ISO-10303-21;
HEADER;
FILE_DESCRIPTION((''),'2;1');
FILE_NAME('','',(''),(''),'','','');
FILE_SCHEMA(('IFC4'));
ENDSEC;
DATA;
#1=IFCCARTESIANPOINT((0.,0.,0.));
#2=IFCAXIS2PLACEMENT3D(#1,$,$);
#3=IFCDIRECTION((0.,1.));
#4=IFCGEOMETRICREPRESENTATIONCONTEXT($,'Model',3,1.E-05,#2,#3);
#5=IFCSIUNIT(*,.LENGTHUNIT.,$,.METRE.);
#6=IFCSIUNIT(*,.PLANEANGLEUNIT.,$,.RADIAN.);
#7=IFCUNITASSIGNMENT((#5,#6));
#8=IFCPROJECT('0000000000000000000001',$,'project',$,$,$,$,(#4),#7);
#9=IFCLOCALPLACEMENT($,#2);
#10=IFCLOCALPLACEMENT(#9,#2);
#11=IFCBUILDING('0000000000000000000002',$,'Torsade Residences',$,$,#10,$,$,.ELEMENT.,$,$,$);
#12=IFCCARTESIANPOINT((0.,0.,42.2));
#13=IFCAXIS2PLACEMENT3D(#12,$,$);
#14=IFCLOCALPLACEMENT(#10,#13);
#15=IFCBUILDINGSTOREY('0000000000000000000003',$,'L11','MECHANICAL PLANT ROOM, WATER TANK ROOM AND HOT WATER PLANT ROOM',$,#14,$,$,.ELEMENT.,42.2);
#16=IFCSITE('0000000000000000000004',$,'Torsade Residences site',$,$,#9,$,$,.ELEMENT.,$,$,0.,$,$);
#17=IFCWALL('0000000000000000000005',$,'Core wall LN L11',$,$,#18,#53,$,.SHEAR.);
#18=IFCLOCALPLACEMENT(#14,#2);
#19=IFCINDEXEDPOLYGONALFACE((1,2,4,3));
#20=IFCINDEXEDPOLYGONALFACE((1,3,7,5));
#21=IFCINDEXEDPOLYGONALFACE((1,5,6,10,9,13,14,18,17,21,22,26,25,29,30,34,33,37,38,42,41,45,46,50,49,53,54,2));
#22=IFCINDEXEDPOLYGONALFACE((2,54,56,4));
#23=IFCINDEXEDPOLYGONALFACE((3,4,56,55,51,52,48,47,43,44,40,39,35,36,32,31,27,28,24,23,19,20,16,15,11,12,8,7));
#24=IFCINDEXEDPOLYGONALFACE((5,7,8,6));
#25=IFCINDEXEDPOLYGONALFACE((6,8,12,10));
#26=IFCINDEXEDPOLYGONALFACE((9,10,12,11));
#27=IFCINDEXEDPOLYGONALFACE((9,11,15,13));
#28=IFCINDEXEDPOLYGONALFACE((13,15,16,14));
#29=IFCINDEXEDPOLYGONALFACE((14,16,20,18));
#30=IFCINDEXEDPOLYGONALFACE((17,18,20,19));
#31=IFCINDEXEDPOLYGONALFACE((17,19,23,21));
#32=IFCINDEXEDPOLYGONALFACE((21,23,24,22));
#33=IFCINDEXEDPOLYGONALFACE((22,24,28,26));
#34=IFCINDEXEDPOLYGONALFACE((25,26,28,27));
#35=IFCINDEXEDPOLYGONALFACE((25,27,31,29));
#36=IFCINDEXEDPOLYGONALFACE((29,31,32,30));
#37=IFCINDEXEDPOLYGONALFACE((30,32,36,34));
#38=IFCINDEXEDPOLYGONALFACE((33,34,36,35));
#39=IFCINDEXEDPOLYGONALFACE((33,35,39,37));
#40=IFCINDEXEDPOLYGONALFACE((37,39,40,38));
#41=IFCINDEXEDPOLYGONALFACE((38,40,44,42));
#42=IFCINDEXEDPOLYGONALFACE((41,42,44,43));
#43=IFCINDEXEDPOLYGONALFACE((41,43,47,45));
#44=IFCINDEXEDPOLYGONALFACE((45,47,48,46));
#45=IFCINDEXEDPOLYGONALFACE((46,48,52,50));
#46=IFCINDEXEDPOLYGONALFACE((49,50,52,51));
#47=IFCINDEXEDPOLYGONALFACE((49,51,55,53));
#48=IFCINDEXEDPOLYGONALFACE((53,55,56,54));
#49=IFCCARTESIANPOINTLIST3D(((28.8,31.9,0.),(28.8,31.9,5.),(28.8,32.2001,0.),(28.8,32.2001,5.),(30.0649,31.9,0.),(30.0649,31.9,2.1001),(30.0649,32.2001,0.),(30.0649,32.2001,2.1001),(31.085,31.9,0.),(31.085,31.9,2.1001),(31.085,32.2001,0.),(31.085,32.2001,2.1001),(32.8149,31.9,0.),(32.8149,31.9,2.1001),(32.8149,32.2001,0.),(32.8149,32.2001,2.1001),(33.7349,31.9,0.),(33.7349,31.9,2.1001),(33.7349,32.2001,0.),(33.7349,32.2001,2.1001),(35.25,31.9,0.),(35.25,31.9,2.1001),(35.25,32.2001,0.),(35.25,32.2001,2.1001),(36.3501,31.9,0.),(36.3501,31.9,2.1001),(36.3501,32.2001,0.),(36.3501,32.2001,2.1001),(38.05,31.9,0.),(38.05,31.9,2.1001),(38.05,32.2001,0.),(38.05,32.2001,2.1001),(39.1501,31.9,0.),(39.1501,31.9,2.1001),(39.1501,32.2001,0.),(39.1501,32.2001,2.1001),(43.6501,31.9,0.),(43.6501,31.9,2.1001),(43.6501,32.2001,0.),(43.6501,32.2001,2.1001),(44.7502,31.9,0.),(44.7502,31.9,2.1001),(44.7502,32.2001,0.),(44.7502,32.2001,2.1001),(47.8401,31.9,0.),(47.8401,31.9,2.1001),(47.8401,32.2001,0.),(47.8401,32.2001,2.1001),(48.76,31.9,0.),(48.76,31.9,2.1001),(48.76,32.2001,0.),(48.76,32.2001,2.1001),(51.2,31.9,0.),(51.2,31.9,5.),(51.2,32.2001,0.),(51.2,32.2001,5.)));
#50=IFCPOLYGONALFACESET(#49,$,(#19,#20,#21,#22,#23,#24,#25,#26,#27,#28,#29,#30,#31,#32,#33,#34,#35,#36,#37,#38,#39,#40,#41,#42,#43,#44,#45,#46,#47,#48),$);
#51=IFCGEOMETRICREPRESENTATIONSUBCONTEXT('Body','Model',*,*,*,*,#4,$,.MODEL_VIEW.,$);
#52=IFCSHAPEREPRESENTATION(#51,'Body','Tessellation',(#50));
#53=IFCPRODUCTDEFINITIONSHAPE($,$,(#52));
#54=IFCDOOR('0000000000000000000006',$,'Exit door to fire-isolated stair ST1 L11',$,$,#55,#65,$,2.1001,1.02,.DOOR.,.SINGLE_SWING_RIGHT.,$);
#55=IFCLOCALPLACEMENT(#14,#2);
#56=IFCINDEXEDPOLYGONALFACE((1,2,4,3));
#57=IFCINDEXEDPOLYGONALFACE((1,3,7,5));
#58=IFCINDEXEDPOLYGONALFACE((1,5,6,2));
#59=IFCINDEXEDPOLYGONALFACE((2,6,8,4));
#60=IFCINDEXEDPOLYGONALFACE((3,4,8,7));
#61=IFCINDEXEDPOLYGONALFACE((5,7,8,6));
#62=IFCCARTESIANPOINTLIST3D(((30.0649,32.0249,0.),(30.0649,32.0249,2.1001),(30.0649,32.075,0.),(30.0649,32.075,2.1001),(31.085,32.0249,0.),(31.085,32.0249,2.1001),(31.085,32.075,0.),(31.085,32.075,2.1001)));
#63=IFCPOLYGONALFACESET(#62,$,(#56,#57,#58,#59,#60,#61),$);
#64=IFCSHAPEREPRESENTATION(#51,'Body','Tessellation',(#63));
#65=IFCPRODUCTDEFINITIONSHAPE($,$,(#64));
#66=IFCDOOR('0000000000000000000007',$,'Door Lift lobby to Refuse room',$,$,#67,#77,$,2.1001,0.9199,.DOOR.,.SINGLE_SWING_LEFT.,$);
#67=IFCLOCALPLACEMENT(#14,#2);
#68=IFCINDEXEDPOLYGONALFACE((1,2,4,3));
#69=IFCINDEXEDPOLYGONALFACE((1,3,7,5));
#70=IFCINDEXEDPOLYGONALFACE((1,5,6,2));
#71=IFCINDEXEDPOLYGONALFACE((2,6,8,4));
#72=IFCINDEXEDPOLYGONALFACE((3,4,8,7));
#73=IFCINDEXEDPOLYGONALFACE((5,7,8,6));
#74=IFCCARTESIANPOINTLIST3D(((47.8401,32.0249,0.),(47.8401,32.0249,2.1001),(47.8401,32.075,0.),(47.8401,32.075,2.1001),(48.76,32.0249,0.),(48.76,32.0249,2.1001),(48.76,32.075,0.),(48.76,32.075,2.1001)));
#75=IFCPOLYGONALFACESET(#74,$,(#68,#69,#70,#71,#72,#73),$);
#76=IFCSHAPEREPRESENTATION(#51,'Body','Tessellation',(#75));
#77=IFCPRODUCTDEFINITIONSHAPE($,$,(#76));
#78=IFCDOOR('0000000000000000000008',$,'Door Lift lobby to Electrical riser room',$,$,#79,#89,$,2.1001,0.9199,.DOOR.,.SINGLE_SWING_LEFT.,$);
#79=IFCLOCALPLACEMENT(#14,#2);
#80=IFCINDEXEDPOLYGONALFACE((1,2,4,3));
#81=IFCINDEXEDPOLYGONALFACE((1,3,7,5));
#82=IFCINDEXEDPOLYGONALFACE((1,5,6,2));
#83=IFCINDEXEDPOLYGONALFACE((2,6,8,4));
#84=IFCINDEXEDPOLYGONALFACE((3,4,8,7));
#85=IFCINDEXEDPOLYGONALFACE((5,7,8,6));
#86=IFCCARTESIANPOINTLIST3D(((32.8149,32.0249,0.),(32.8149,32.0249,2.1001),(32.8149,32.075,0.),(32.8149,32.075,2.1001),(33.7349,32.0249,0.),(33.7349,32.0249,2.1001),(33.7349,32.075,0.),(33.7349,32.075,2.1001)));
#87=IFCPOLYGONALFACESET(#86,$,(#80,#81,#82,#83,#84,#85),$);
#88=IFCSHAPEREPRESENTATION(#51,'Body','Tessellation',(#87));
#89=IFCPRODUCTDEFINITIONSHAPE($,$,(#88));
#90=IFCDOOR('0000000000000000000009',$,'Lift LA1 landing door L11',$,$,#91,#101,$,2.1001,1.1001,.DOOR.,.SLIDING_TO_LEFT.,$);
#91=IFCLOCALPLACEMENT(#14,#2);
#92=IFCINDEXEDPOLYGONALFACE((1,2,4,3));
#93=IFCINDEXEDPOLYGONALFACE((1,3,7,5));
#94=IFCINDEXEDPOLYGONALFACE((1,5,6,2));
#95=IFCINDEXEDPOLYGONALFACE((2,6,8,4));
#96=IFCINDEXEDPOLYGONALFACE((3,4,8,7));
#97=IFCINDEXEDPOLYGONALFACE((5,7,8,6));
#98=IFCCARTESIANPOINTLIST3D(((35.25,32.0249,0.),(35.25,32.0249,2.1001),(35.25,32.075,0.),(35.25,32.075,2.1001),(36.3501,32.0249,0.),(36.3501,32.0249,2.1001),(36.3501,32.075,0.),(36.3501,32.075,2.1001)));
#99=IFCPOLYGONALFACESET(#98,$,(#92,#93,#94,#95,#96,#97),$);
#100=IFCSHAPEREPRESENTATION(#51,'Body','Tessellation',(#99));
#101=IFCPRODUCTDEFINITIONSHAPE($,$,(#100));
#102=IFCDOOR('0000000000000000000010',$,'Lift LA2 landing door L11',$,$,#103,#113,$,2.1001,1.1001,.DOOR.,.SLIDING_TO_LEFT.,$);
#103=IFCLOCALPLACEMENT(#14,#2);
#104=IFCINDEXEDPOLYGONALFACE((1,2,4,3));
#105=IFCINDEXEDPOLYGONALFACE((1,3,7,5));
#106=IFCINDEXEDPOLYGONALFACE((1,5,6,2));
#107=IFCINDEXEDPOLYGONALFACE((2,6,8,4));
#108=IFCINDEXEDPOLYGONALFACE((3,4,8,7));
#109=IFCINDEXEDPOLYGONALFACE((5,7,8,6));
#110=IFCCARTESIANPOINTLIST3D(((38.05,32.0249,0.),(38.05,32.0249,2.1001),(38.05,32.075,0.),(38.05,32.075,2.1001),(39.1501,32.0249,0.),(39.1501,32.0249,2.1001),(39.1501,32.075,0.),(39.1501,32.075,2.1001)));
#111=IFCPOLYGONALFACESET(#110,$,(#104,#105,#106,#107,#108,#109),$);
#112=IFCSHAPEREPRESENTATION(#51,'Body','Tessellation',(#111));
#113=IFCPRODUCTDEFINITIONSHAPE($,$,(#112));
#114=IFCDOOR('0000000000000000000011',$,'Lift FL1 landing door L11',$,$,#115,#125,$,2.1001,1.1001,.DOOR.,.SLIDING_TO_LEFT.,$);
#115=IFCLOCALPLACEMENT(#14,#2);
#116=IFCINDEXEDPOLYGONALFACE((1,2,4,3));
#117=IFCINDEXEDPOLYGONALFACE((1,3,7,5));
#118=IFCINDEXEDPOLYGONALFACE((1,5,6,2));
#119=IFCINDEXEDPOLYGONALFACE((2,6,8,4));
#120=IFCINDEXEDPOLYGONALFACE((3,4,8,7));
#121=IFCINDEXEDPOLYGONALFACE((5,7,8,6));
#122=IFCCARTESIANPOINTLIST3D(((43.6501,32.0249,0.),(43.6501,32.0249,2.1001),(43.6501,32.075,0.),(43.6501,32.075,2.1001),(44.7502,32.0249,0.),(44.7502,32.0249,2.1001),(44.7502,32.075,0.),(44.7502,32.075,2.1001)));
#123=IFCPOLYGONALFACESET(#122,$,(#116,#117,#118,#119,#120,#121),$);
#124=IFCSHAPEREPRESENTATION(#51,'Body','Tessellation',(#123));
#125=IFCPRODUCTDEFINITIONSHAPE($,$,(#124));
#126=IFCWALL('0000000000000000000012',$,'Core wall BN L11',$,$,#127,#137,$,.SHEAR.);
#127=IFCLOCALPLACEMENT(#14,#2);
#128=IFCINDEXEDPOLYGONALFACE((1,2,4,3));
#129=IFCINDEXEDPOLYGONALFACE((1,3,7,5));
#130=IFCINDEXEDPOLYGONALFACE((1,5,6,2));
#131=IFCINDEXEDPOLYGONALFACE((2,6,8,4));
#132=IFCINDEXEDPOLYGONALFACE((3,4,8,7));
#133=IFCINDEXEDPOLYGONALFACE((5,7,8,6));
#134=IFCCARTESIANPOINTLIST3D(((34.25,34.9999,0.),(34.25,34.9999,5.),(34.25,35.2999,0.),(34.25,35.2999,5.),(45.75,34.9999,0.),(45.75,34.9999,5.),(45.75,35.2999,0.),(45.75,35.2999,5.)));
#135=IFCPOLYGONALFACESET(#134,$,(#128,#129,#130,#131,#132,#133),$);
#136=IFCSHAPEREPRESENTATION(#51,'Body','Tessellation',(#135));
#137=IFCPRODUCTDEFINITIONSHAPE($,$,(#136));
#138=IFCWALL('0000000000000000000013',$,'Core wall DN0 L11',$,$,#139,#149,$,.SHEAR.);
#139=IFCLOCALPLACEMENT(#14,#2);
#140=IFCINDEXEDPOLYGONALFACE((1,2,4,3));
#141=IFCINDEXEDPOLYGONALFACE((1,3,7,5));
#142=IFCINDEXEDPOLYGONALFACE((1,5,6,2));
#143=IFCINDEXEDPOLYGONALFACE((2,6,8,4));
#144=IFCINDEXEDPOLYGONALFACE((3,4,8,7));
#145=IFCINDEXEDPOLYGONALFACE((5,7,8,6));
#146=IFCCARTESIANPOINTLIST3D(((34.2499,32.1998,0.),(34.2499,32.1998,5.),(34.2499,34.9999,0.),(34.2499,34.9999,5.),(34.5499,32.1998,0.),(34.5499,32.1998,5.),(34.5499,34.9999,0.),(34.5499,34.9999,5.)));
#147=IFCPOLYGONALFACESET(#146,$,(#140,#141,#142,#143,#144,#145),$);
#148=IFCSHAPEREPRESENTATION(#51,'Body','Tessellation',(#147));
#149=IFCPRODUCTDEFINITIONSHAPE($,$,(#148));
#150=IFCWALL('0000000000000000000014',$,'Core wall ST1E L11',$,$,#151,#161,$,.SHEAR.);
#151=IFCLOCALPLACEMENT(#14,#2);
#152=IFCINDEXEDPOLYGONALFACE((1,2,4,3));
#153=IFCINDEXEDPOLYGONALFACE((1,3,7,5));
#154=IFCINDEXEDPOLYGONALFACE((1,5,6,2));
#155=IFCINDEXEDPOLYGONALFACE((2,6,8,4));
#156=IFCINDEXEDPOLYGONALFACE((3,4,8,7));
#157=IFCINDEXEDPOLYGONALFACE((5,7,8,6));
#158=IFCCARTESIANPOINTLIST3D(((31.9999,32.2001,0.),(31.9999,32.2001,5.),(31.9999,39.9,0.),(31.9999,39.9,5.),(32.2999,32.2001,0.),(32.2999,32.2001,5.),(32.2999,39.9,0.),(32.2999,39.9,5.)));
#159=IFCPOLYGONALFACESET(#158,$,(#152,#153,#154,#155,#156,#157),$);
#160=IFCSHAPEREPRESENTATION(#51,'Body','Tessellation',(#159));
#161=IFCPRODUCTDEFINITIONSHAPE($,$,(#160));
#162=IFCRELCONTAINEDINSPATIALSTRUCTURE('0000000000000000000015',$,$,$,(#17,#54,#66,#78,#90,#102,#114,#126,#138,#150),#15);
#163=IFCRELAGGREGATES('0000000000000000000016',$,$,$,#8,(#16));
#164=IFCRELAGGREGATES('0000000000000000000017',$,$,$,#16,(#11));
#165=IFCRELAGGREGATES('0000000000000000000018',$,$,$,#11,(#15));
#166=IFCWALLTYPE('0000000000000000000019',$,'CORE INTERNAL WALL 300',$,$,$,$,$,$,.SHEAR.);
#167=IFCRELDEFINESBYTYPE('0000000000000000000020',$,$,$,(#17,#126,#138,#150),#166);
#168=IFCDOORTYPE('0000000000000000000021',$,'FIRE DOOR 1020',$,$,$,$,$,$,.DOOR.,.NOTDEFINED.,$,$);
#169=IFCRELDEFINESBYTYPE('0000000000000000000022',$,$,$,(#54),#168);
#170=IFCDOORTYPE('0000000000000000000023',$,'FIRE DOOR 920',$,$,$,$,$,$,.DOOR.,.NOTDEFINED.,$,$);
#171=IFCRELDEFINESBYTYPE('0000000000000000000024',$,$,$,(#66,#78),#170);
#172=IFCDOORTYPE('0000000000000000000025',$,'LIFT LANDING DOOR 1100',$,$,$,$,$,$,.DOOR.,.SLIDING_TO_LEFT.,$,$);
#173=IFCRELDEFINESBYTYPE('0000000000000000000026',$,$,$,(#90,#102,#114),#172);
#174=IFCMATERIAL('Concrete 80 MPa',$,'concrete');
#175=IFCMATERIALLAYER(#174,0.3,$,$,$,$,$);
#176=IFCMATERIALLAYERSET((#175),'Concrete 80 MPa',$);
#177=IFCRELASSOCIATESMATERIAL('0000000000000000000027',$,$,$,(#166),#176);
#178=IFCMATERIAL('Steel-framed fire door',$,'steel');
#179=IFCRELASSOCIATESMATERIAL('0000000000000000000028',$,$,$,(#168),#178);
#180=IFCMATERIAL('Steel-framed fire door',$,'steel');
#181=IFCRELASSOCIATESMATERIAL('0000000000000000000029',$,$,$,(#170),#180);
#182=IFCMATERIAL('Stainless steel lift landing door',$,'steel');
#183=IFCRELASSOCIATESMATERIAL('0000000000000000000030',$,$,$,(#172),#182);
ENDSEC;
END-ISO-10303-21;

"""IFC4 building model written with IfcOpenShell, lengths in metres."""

from ifc_helpers import new_model, si_unit, direction, frame, frame_2d, origin, place, context, subcontext, project, spatial, rectangle, extrude, material, layer, layer_set, type_object, element, fill, save


model = new_model("IFC4")

# Units and contexts
model_context = context("Model", 3, precision=1e-05, world=origin(), true_north=direction((0.0, 1.0)))
body_context = subcontext(model_context, "Body", "Model", "MODEL_VIEW")
ifc_project = project(units=[si_unit("LENGTHUNIT", "METRE"), si_unit("PLANEANGLEUNIT", "RADIAN")], contexts=[model_context])

# Site, building, storey
site_placement = place(None, origin())
site = spatial("IfcSite", under=ifc_project, at=site_placement, Name="Torsade Residences site", CompositionType="ELEMENT", RefElevation=0.0)
building_placement = place(site_placement, origin())
building = spatial("IfcBuilding", under=site, at=building_placement, Name="Torsade Residences", CompositionType="ELEMENT")
storey_placement = place(building_placement, frame((0.0, 0.0, 42.2)))
storey = spatial("IfcBuildingStorey", under=building, at=storey_placement, Name="L11", Description="MECHANICAL PLANT ROOM, WATER TANK ROOM AND HOT WATER PLANT ROOM", CompositionType="ELEMENT", Elevation=42.2)

# Wall, openings, doors
ifc_material_1 = material(Name="Concrete 80 MPa", Category="concrete")
ifc_layer_1 = layer(ifc_material_1, 0.3)
ifc_layer_set_1 = layer_set([ifc_layer_1], Name="Concrete 80 MPa")
wall_type_1 = type_object("IfcWallType", Name="CORE INTERNAL WALL 300", PredefinedType="SHEAR", material=ifc_layer_set_1)
wall_1_placement = place(storey_placement, frame((28.8, 32.05, 0.0), z_axis=(0.0, 0.0, 1.0), x_axis=(1.0, 0.0, 0.0)))
wall_1 = element("IfcWall", 1, at=wall_1_placement, inside=storey, type_object=wall_type_1, Name="Core wall LN L11", PredefinedType="SHEAR", context=body_context, shape_type="SweptSolid", body=[
    extrude(rectangle(XDim=22.3999, YDim=0.3, at=frame_2d((11.2, 0.0))), origin(), (0.0, 0.0, 1.0), 5.0),
])
opening_1_placement = place(wall_1_placement, frame((19.04, 0.0, 0.0)))
opening_1 = element("IfcOpeningElement", 2, at=opening_1_placement, cuts=wall_1, PredefinedType="OPENING", context=body_context, shape_type="SweptSolid", body=[
    extrude(rectangle(XDim=0.9199, YDim=2.1001, at=frame_2d((0.46, 1.05))), frame((0.0, 0.1599, 0.0), z_axis=(0.0, -1.0, 0.0), x_axis=(1.0, 0.0, 0.0)), (0.0, 0.0, 1.0), 0.3201),
])
opening_2_placement = place(wall_1_placement, frame((1.2649, 0.0, 0.0)))
opening_2 = element("IfcOpeningElement", 3, at=opening_2_placement, cuts=wall_1, PredefinedType="OPENING", context=body_context, shape_type="SweptSolid", body=[
    extrude(rectangle(XDim=1.02, YDim=2.1001, at=frame_2d((0.51, 1.05))), frame((0.0, 0.1599, 0.0), z_axis=(0.0, -1.0, 0.0), x_axis=(1.0, 0.0, 0.0)), (0.0, 0.0, 1.0), 0.3201),
])
opening_3_placement = place(wall_1_placement, frame((4.0149, 0.0, 0.0)))
opening_3 = element("IfcOpeningElement", 4, at=opening_3_placement, cuts=wall_1, PredefinedType="OPENING", context=body_context, shape_type="SweptSolid", body=[
    extrude(rectangle(XDim=0.9199, YDim=2.1001, at=frame_2d((0.46, 1.05))), frame((0.0, 0.1599, 0.0), z_axis=(0.0, -1.0, 0.0), x_axis=(1.0, 0.0, 0.0)), (0.0, 0.0, 1.0), 0.3201),
])
opening_4_placement = place(wall_1_placement, frame((6.45, 0.0, 0.0)))
opening_4 = element("IfcOpeningElement", 5, at=opening_4_placement, cuts=wall_1, PredefinedType="OPENING", context=body_context, shape_type="SweptSolid", body=[
    extrude(rectangle(XDim=1.1001, YDim=2.1001, at=frame_2d((0.55, 1.05))), frame((0.0, 0.1599, 0.0), z_axis=(0.0, -1.0, 0.0), x_axis=(1.0, 0.0, 0.0)), (0.0, 0.0, 1.0), 0.3201),
])
opening_5_placement = place(wall_1_placement, frame((9.25, 0.0, 0.0)))
opening_5 = element("IfcOpeningElement", 6, at=opening_5_placement, cuts=wall_1, PredefinedType="OPENING", context=body_context, shape_type="SweptSolid", body=[
    extrude(rectangle(XDim=1.1001, YDim=2.1001, at=frame_2d((0.55, 1.05))), frame((0.0, 0.1599, 0.0), z_axis=(0.0, -1.0, 0.0), x_axis=(1.0, 0.0, 0.0)), (0.0, 0.0, 1.0), 0.3201),
])
opening_6_placement = place(wall_1_placement, frame((14.8501, 0.0, 0.0)))
opening_6 = element("IfcOpeningElement", 7, at=opening_6_placement, cuts=wall_1, PredefinedType="OPENING", context=body_context, shape_type="SweptSolid", body=[
    extrude(rectangle(XDim=1.1001, YDim=2.1001, at=frame_2d((0.55, 1.05))), frame((0.0, 0.1599, 0.0), z_axis=(0.0, -1.0, 0.0), x_axis=(1.0, 0.0, 0.0)), (0.0, 0.0, 1.0), 0.3201),
])
ifc_material_2 = material(Name="Steel-framed fire door", Category="steel")
door_type_1 = type_object("IfcDoorType", Name="FIRE DOOR 1020", OperationType="NOTDEFINED", PredefinedType="DOOR", material=ifc_material_2)
door_1_placement = place(opening_2_placement, origin())
door_1 = element("IfcDoor", 8, at=door_1_placement, inside=storey, type_object=door_type_1, Name="Exit door to fire-isolated stair ST1 L11", OperationType="SINGLE_SWING_RIGHT", OverallHeight=2.1001, OverallWidth=1.02, PredefinedType="DOOR", context=body_context, shape_type="SweptSolid", body=[
    extrude(rectangle(XDim=1.02, YDim=2.1001, at=frame_2d((0.51, 1.05))), frame((0.0, 0.0249, 0.0), z_axis=(0.0, -1.0, 0.0), x_axis=(1.0, 0.0, 0.0)), (0.0, 0.0, 1.0), 0.05),
])
fill(opening_2, door_1)
ifc_material_3 = material(Name="Steel-framed fire door", Category="steel")
door_type_2 = type_object("IfcDoorType", Name="FIRE DOOR 920", OperationType="NOTDEFINED", PredefinedType="DOOR", material=ifc_material_3)
door_2_placement = place(opening_1_placement, origin())
door_2 = element("IfcDoor", 9, at=door_2_placement, inside=storey, type_object=door_type_2, Name="Door Lift lobby to Refuse room", OperationType="SINGLE_SWING_LEFT", OverallHeight=2.1001, OverallWidth=0.9199, PredefinedType="DOOR", context=body_context, shape_type="SweptSolid", body=[
    extrude(rectangle(XDim=0.9199, YDim=2.1001, at=frame_2d((0.46, 1.05))), frame((0.0, 0.0249, 0.0), z_axis=(0.0, -1.0, 0.0), x_axis=(1.0, 0.0, 0.0)), (0.0, 0.0, 1.0), 0.05),
])
fill(opening_1, door_2)
door_3_placement = place(opening_3_placement, origin())
door_3 = element("IfcDoor", 10, at=door_3_placement, inside=storey, type_object=door_type_2, Name="Door Lift lobby to Electrical riser room", OperationType="SINGLE_SWING_LEFT", OverallHeight=2.1001, OverallWidth=0.9199, PredefinedType="DOOR", context=body_context, shape_type="SweptSolid", body=[
    extrude(rectangle(XDim=0.9199, YDim=2.1001, at=frame_2d((0.46, 1.05))), frame((0.0, 0.0249, 0.0), z_axis=(0.0, -1.0, 0.0), x_axis=(1.0, 0.0, 0.0)), (0.0, 0.0, 1.0), 0.05),
])
fill(opening_3, door_3)
ifc_material_4 = material(Name="Stainless steel lift landing door", Category="steel")
door_type_3 = type_object("IfcDoorType", Name="LIFT LANDING DOOR 1100", OperationType="SLIDING_TO_LEFT", PredefinedType="DOOR", material=ifc_material_4)
door_4_placement = place(opening_4_placement, origin())
door_4 = element("IfcDoor", 11, at=door_4_placement, inside=storey, type_object=door_type_3, Name="Lift LA1 landing door L11", OperationType="SLIDING_TO_LEFT", OverallHeight=2.1001, OverallWidth=1.1001, PredefinedType="DOOR", context=body_context, shape_type="SweptSolid", body=[
    extrude(rectangle(XDim=1.1001, YDim=2.1001, at=frame_2d((0.55, 1.05))), frame((0.0, 0.0249, 0.0), z_axis=(0.0, -1.0, 0.0), x_axis=(1.0, 0.0, 0.0)), (0.0, 0.0, 1.0), 0.05),
])
fill(opening_4, door_4)
door_5_placement = place(opening_5_placement, origin())
door_5 = element("IfcDoor", 12, at=door_5_placement, inside=storey, type_object=door_type_3, Name="Lift LA2 landing door L11", OperationType="SLIDING_TO_LEFT", OverallHeight=2.1001, OverallWidth=1.1001, PredefinedType="DOOR", context=body_context, shape_type="SweptSolid", body=[
    extrude(rectangle(XDim=1.1001, YDim=2.1001, at=frame_2d((0.55, 1.05))), frame((0.0, 0.0249, 0.0), z_axis=(0.0, -1.0, 0.0), x_axis=(1.0, 0.0, 0.0)), (0.0, 0.0, 1.0), 0.05),
])
fill(opening_5, door_5)
door_6_placement = place(opening_6_placement, origin())
door_6 = element("IfcDoor", 13, at=door_6_placement, inside=storey, type_object=door_type_3, Name="Lift FL1 landing door L11", OperationType="SLIDING_TO_LEFT", OverallHeight=2.1001, OverallWidth=1.1001, PredefinedType="DOOR", context=body_context, shape_type="SweptSolid", body=[
    extrude(rectangle(XDim=1.1001, YDim=2.1001, at=frame_2d((0.55, 1.05))), frame((0.0, 0.0249, 0.0), z_axis=(0.0, -1.0, 0.0), x_axis=(1.0, 0.0, 0.0)), (0.0, 0.0, 1.0), 0.05),
])
fill(opening_6, door_6)

# Walls
wall_2_placement = place(storey_placement, frame((34.25, 35.1499, 0.0), z_axis=(0.0, 0.0, 1.0), x_axis=(1.0, 0.0, 0.0)))
element("IfcWall", 14, at=wall_2_placement, inside=storey, type_object=wall_type_1, Name="Core wall BN L11", PredefinedType="SHEAR", context=body_context, shape_type="SweptSolid", body=[
    extrude(rectangle(XDim=11.5, YDim=0.3, at=frame_2d((5.75, 0.0))), origin(), (0.0, 0.0, 1.0), 5.0),
])
wall_3_placement = place(storey_placement, frame((34.3999, 32.2, 0.0), z_axis=(0.0, 0.0, 1.0), x_axis=(0.0, 1.0, 0.0)))
element("IfcWall", 15, at=wall_3_placement, inside=storey, type_object=wall_type_1, Name="Core wall DN0 L11", PredefinedType="SHEAR", context=body_context, shape_type="SweptSolid", body=[
    extrude(rectangle(XDim=2.8, YDim=0.3, at=frame_2d((1.3999, 0.0))), origin(), (0.0, 0.0, 1.0), 5.0),
])
wall_4_placement = place(storey_placement, frame((32.1499, 32.2, 0.0), z_axis=(0.0, 0.0, 1.0), x_axis=(0.0, 1.0, 0.0)))
element("IfcWall", 16, at=wall_4_placement, inside=storey, type_object=wall_type_1, Name="Core wall ST1E L11", PredefinedType="SHEAR", context=body_context, shape_type="SweptSolid", body=[
    extrude(rectangle(XDim=7.7, YDim=0.3, at=frame_2d((3.8501, 0.0))), origin(), (0.0, 0.0, 1.0), 5.0),
])

save(model, "model.ifc")
